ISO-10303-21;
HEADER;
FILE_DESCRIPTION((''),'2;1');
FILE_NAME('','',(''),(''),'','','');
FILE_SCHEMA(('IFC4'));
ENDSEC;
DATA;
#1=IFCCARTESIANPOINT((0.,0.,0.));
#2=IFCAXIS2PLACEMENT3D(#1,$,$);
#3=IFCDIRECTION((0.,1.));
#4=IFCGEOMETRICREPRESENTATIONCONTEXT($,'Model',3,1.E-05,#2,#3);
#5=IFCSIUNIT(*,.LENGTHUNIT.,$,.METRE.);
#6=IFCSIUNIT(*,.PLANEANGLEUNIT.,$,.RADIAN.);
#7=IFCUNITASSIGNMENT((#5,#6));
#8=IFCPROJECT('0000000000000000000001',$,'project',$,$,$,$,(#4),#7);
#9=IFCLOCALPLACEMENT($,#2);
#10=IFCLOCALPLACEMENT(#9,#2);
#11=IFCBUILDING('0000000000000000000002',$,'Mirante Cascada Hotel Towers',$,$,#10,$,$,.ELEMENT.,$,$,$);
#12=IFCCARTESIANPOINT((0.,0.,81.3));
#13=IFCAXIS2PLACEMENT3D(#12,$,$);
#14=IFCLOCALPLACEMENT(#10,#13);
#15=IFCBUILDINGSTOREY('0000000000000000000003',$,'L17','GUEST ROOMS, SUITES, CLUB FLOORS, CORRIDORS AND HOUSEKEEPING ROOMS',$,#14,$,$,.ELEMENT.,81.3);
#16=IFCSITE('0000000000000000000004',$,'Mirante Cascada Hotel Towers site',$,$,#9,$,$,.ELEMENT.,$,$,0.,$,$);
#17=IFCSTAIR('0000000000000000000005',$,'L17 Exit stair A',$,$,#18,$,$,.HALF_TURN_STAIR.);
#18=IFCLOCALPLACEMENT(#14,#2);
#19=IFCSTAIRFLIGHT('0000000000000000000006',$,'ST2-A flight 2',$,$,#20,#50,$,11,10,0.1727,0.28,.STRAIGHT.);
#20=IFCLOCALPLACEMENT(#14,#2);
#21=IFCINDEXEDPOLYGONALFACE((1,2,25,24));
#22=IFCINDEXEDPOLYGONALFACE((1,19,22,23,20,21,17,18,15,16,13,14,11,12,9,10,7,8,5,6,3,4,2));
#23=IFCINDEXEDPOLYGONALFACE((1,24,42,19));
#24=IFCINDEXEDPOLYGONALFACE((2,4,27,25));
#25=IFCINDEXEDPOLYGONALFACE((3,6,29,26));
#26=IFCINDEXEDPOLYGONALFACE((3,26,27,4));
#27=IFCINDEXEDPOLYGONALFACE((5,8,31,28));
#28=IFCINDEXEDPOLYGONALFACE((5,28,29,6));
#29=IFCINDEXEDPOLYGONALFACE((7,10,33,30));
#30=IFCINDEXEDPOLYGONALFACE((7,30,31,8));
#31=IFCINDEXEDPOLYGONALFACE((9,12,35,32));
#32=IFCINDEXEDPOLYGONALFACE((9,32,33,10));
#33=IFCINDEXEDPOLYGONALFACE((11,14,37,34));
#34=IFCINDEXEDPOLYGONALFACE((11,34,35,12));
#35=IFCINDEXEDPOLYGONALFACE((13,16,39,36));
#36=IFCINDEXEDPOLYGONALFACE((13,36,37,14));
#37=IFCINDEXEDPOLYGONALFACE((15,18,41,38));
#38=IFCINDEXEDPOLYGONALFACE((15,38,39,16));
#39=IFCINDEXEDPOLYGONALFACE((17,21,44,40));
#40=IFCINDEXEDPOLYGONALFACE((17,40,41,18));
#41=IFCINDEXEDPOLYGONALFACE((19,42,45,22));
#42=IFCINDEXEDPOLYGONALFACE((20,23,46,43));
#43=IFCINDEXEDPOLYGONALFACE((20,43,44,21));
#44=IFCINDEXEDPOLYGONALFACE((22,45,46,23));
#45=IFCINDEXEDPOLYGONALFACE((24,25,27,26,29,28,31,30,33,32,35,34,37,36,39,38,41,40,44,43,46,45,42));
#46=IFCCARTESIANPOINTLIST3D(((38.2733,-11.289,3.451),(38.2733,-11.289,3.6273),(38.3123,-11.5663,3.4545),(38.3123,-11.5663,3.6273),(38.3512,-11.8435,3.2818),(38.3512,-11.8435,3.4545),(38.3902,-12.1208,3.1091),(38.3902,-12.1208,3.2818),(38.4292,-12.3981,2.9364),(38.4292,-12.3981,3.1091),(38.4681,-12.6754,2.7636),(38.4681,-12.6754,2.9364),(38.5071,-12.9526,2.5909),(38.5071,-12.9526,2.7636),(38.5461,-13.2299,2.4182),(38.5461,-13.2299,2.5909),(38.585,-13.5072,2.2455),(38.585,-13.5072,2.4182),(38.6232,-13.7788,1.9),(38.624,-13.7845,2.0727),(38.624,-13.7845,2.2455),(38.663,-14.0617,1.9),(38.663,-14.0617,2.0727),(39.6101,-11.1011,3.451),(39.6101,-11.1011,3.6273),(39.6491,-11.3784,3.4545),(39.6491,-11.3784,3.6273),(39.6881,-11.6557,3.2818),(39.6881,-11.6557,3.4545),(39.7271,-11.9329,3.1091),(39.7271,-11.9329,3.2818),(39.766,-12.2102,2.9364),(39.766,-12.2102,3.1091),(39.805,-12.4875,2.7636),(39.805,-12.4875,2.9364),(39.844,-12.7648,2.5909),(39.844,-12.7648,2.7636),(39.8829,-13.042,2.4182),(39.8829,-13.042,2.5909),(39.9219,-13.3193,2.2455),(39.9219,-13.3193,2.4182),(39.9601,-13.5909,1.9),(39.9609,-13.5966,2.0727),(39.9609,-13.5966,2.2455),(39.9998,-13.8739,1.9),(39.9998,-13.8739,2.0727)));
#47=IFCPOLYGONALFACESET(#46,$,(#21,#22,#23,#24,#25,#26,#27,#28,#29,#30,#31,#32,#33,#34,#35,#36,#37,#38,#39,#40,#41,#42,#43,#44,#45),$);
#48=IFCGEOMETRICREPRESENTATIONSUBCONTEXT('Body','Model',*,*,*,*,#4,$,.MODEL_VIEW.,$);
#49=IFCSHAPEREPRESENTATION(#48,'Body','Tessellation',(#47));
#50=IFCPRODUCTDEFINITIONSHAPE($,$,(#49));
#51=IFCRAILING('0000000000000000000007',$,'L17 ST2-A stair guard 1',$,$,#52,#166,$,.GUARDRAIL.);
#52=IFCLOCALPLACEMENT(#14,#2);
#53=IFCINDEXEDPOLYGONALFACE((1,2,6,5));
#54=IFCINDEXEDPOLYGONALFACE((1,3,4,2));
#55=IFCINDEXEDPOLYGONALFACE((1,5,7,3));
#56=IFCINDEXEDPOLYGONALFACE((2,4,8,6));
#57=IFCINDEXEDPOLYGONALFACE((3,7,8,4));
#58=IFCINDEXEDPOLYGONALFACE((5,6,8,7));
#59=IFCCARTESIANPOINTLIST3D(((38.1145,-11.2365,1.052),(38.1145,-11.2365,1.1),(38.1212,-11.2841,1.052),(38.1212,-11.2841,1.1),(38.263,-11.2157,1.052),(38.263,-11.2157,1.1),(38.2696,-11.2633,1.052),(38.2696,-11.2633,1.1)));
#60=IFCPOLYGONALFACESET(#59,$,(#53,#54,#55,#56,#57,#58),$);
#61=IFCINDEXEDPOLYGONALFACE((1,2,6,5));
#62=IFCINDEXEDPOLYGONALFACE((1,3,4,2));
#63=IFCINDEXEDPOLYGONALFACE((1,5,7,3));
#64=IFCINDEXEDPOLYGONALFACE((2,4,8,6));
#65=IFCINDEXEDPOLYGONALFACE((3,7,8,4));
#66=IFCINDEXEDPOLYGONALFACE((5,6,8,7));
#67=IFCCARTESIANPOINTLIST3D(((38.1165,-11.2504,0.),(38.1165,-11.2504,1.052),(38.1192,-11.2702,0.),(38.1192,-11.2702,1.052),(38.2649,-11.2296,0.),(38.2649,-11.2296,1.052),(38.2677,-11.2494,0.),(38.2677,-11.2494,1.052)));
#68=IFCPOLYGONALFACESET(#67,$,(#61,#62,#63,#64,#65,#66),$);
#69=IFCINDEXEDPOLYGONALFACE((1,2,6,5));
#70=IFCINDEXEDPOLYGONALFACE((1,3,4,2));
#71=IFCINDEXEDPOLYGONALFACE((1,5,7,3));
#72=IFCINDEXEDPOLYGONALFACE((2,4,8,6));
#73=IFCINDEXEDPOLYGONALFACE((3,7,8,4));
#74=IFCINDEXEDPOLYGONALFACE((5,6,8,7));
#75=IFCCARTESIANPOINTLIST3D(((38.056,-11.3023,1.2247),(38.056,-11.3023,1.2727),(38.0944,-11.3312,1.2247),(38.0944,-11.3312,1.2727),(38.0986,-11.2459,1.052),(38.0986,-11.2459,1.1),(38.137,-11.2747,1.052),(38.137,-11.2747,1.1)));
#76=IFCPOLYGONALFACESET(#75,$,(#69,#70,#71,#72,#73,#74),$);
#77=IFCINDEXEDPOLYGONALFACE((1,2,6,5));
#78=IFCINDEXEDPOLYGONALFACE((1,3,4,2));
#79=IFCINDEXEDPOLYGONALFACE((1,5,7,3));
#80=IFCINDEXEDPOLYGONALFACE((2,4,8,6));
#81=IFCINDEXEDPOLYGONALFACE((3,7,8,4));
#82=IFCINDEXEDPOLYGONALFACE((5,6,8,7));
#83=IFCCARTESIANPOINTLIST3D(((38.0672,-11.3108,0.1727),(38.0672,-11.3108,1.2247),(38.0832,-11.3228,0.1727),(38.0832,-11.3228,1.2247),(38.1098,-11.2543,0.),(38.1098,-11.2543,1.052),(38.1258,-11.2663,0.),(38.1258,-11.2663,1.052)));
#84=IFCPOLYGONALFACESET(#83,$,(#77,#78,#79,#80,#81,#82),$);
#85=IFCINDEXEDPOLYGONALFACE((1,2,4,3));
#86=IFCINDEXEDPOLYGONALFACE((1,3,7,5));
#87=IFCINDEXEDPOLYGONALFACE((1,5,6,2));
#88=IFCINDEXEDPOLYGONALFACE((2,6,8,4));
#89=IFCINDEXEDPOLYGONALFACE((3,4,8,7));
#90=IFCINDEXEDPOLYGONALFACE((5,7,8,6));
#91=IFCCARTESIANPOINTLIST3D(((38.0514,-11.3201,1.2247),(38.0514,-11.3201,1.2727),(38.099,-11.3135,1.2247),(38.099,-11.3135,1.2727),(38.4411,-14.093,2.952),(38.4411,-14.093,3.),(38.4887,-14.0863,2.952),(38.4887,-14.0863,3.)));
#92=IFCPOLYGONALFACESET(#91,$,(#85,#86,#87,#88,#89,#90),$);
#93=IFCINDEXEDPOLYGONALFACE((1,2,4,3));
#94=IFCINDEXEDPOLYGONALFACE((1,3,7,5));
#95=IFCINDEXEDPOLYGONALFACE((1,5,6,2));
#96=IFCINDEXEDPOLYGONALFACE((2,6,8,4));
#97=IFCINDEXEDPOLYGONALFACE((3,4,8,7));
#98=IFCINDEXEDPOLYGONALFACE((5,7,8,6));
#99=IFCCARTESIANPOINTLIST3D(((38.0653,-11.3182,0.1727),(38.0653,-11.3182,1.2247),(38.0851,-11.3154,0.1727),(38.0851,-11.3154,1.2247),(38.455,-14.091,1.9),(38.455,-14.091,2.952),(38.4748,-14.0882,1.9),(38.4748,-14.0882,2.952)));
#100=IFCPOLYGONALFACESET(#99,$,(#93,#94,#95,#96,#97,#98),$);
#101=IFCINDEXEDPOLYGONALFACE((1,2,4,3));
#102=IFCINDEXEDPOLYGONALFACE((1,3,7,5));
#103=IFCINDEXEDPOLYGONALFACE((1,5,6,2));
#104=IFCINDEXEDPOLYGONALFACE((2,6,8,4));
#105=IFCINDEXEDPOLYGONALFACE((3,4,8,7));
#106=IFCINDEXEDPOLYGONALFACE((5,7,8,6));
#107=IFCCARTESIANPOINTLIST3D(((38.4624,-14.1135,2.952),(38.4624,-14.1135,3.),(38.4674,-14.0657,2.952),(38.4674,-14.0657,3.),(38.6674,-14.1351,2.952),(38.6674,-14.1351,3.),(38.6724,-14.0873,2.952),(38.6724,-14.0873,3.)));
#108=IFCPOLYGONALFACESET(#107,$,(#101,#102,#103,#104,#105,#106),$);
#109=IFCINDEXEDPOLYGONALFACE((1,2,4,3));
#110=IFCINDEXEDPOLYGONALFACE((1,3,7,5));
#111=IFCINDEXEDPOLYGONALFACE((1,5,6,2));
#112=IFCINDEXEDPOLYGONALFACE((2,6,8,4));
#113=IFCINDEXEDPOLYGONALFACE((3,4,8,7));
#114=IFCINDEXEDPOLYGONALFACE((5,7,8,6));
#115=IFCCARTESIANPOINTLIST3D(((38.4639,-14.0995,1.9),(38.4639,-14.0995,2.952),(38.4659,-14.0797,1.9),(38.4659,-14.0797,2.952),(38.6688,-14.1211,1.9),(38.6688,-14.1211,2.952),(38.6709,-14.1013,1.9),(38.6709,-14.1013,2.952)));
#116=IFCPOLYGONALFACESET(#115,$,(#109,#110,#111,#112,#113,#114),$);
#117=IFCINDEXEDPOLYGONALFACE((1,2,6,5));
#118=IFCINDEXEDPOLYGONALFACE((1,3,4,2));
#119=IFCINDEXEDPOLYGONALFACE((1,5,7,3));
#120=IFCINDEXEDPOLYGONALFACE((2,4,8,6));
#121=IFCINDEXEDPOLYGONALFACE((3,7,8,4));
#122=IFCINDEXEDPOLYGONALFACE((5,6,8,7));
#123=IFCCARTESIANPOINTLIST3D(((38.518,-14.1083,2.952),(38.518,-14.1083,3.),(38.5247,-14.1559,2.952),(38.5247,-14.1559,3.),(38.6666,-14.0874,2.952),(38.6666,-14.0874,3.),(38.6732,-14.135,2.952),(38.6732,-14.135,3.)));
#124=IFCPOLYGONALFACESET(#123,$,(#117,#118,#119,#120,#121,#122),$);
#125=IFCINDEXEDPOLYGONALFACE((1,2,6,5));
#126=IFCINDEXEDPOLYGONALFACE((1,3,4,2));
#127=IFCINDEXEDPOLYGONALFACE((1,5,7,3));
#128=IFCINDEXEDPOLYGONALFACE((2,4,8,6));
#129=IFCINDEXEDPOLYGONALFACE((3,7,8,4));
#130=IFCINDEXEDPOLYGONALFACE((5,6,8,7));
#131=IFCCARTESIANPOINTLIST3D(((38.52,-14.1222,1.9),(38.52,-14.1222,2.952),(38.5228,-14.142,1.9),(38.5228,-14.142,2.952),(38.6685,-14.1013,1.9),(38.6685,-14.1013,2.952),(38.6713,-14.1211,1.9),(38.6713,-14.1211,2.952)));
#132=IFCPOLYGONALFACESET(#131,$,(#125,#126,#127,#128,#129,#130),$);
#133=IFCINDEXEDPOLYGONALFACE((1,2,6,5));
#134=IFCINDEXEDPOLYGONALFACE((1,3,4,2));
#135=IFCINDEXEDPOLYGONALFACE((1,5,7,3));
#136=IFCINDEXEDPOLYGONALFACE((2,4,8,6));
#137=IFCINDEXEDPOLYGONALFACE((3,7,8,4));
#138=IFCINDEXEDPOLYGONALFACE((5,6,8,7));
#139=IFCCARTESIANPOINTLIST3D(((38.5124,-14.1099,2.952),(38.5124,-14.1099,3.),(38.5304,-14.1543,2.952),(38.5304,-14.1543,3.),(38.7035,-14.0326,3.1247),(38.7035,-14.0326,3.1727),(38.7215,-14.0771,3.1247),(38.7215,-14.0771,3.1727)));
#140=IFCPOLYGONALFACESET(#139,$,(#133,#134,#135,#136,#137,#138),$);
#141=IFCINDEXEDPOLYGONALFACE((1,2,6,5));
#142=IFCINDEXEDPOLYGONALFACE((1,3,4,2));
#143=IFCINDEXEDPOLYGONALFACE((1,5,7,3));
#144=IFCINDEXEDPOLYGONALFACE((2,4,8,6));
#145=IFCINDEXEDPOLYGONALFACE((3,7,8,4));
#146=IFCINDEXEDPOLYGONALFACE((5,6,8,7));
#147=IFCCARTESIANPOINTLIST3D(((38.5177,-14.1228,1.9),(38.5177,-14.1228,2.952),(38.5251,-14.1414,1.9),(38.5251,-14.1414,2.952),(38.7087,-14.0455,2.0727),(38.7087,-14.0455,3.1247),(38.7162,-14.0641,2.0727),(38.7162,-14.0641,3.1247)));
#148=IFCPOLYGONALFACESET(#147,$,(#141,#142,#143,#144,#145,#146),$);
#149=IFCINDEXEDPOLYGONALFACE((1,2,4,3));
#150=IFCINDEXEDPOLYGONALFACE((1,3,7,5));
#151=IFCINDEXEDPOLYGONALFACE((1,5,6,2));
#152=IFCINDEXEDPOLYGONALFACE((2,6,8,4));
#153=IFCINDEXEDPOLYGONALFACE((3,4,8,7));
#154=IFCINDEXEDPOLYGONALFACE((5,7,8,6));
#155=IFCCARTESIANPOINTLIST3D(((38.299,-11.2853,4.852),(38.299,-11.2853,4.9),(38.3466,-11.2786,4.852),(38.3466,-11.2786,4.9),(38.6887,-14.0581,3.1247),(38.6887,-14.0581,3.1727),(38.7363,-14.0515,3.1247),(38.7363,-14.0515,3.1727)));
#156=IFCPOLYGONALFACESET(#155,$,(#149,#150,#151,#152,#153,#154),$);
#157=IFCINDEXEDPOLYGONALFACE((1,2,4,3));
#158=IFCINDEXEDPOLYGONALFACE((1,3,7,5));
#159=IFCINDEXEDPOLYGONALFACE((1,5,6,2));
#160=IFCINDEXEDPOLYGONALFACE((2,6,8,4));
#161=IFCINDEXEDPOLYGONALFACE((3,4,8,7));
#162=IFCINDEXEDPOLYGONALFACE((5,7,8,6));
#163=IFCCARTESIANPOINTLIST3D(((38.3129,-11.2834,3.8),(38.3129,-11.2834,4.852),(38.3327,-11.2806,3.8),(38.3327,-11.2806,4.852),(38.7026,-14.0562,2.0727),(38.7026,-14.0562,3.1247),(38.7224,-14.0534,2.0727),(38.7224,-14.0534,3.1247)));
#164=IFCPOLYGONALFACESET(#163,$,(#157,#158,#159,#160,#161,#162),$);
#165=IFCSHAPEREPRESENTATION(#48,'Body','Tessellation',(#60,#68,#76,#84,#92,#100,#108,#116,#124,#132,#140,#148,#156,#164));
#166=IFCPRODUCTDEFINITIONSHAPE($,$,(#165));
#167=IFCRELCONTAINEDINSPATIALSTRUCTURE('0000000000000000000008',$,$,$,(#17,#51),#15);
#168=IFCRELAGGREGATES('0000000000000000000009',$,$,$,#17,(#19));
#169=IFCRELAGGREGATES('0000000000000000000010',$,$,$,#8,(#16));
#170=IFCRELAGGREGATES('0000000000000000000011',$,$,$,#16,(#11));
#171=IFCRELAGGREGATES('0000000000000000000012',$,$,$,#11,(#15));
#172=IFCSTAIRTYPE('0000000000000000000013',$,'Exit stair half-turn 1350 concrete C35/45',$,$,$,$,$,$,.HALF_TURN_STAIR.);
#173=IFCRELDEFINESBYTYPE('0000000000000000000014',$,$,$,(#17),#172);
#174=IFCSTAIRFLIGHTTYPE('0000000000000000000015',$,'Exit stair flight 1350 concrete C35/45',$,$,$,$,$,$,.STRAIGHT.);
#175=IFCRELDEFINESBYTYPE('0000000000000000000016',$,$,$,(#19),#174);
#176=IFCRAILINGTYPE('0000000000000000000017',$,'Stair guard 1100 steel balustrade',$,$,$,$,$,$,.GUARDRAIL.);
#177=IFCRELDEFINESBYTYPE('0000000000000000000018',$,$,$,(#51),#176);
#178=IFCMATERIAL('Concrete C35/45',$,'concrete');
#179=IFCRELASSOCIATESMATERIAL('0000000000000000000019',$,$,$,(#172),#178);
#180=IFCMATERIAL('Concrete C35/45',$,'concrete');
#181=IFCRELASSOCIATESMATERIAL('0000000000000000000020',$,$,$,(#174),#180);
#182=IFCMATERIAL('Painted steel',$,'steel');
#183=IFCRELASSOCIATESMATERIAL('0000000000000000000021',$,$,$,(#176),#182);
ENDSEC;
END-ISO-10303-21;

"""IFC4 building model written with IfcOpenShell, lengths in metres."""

from ifc_helpers import new_model, si_unit, direction, frame, origin, origin_2d, place, context, subcontext, project, spatial, polyline, rectangle, outline, extrude, material, type_object, element, aggregate, save


model = new_model("IFC4")

# Units and contexts
model_context = context("Model", 3, precision=1e-05, world=origin(), true_north=direction((0.0, 1.0)))
body_context = subcontext(model_context, "Body", "Model", "MODEL_VIEW")
ifc_project = project(units=[si_unit("LENGTHUNIT", "METRE"), si_unit("PLANEANGLEUNIT", "RADIAN")], contexts=[model_context])

# Site, building, storey
site_placement = place(None, origin())
site = spatial("IfcSite", under=ifc_project, at=site_placement, Name="Mirante Cascada Hotel Towers site", CompositionType="ELEMENT", RefElevation=0.0)
building_placement = place(site_placement, origin())
building = spatial("IfcBuilding", under=site, at=building_placement, Name="Mirante Cascada Hotel Towers", CompositionType="ELEMENT")
storey_placement = place(building_placement, frame((0.0, 0.0, 81.3)))
storey = spatial("IfcBuildingStorey", under=building, at=storey_placement, Name="L17", Description="GUEST ROOMS, SUITES, CLUB FLOORS, CORRIDORS AND HOUSEKEEPING ROOMS", CompositionType="ELEMENT", Elevation=81.3)

# Stair, stair flight
ifc_material_1 = material(Name="Concrete C35/45", Category="concrete")
stair_type = type_object("IfcStairType", Name="Exit stair half-turn 1350 concrete C35/45", PredefinedType="HALF_TURN_STAIR", material=ifc_material_1)
stair_placement = place(storey_placement, origin())
stair = element("IfcStair", 1, at=stair_placement, inside=storey, type_object=stair_type, Name="L17 Exit stair A", PredefinedType="HALF_TURN_STAIR")
ifc_material_2 = material(Name="Concrete C35/45", Category="concrete")
stair_flight_type = type_object("IfcStairFlightType", Name="Exit stair flight 1350 concrete C35/45", PredefinedType="STRAIGHT", material=ifc_material_2)
stair_flight_placement = place(storey_placement, frame((39.3314, -13.9678, 1.9), z_axis=(0.0, 0.0, 1.0), x_axis=(-0.139173, 0.990268, 0.0)))
stair_flight = element("IfcStairFlight", 2, at=stair_flight_placement, type_object=stair_flight_type, Name="ST2-A flight 2", NumberOfRisers=11, NumberOfTreads=10, PredefinedType="STRAIGHT", RiserHeight=0.1727, TreadLength=0.28, context=body_context, shape_type="SweptSolid", body=[
    extrude(outline(polyline([(0.0, 0.0), (0.0, 0.1727), (0.28, 0.1727), (0.28, 0.3455), (0.56, 0.3455), (0.56, 0.5182), (0.84, 0.5182), (0.84, 0.6909), (1.12, 0.6909), (1.12, 0.8636), (1.4, 0.8636), (1.4, 1.0364), (1.68, 1.0364), (1.68, 1.2091), (1.96, 1.2091), (1.96, 1.3818), (2.24, 1.3818), (2.24, 1.5545), (2.52, 1.5545), (2.52, 1.7273), (2.8, 1.7273), (2.8, 1.9), (2.8, 1.551), (0.2857, 0.0), (0.0, 0.0)])), frame((0.0, 0.675, 0.0), z_axis=(0.0, -1.0, 0.0), x_axis=(1.0, 0.0, 0.0)), (0.0, 0.0, 1.0), 1.35),
])
aggregate(stair, [stair_flight])

# Railing
ifc_material_3 = material(Name="Painted steel", Category="steel")
railing_type = type_object("IfcRailingType", Name="Stair guard 1100 steel balustrade", PredefinedType="GUARDRAIL", material=ifc_material_3)
railing_placement = place(storey_placement, frame((38.2663, -11.2395, 0.0)))
element("IfcRailing", 3, at=railing_placement, inside=storey, type_object=railing_type, Name="L17 ST2-A stair guard 1", PredefinedType="GUARDRAIL", context=body_context, shape_type="SweptSolid", body=[
    extrude(rectangle(XDim=0.048, YDim=0.048, at=origin_2d()), frame((0.0, 0.0, 1.076), z_axis=(-0.990333, -0.138713, 0.0), x_axis=(0.138713, -0.990333, 0.0)), (0.0, 0.0, 1.0), 0.1499),
    extrude(rectangle(XDim=0.02, YDim=1.052, at=origin_2d()), frame((0.0, 0.0, 0.526), z_axis=(-0.990333, -0.138713, 0.0), x_axis=(0.138713, -0.990333, 0.0)), (0.0, 0.0, 1.0), 0.1499),
    extrude(rectangle(XDim=0.048, YDim=0.048, at=origin_2d()), frame((-0.1485, -0.0208, 1.076), z_axis=(-0.602033, -0.798471, 0.0), x_axis=(0.798471, -0.602033, 0.0)), (0.0, 0.92534, 0.379139), 0.1866),
    extrude(rectangle(XDim=0.02, YDim=1.052, at=origin_2d()), frame((-0.1485, -0.0208, 0.526), z_axis=(-0.602033, -0.798471, 0.0), x_axis=(0.798471, -0.602033, 0.0)), (0.0, 0.92534, 0.379139), 0.1866),
    extrude(rectangle(XDim=0.048, YDim=0.048, at=origin_2d()), frame((-0.1911, -0.0773, 1.2487), z_axis=(0.139176, -0.990268, 0.0), x_axis=(0.990268, 0.139176, 0.0)), (0.0, 0.525021, 0.851089), 3.29),
    extrude(rectangle(XDim=0.02, YDim=1.052, at=origin_2d()), frame((-0.1911, -0.0773, 0.6987), z_axis=(0.139176, -0.990268, 0.0), x_axis=(0.990268, 0.139176, 0.0)), (0.0, 0.525021, 0.851089), 3.29),
    extrude(rectangle(XDim=0.048, YDim=0.048, at=origin_2d()), frame((0.1986, -2.8501, 2.976), z_axis=(0.994495, -0.104786, 0.0), x_axis=(0.104786, 0.994495, 0.0)), (0.0, 0.0, 1.0), 0.2061),
    extrude(rectangle(XDim=0.02, YDim=1.052, at=origin_2d()), frame((0.1986, -2.8501, 2.426), z_axis=(0.994495, -0.104786, 0.0), x_axis=(0.104786, 0.994495, 0.0)), (0.0, 0.0, 1.0), 0.2061),
    extrude(rectangle(XDim=0.048, YDim=0.048, at=origin_2d()), frame((0.4036, -2.8717, 2.976), z_axis=(-0.990241, -0.139367, 0.0), x_axis=(0.139367, -0.990241, 0.0)), (0.0, 0.0, 1.0), 0.15),
    extrude(rectangle(XDim=0.02, YDim=1.052, at=origin_2d()), frame((0.4036, -2.8717, 2.426), z_axis=(-0.990241, -0.139367, 0.0), x_axis=(0.139367, -0.990241, 0.0)), (0.0, 0.0, 1.0), 0.15),
    extrude(rectangle(XDim=0.048, YDim=0.048, at=origin_2d()), frame((0.2551, -2.8926, 2.976), z_axis=(0.927031, 0.374984, 0.0), x_axis=(-0.374984, 0.927031, 0.0)), (0.0, 0.64219, 0.766545), 0.2689),
    extrude(rectangle(XDim=0.02, YDim=1.052, at=origin_2d()), frame((0.2551, -2.8926, 2.426), z_axis=(0.927031, 0.374984, 0.0), x_axis=(-0.374984, 0.927031, 0.0)), (0.0, 0.64219, 0.766545), 0.2689),
    extrude(rectangle(XDim=0.048, YDim=0.048, at=origin_2d()), frame((0.4462, -2.8153, 3.1487), z_axis=(-0.139176, 0.990268, 0.0), x_axis=(-0.990268, -0.139176, 0.0)), (0.0, 0.525021, 0.851089), 3.29),
    extrude(rectangle(XDim=0.02, YDim=1.052, at=origin_2d()), frame((0.4462, -2.8153, 2.5987), z_axis=(-0.139176, 0.990268, 0.0), x_axis=(-0.990268, -0.139176, 0.0)), (0.0, 0.525021, 0.851089), 3.29),
])

save(model, "model.ifc")
